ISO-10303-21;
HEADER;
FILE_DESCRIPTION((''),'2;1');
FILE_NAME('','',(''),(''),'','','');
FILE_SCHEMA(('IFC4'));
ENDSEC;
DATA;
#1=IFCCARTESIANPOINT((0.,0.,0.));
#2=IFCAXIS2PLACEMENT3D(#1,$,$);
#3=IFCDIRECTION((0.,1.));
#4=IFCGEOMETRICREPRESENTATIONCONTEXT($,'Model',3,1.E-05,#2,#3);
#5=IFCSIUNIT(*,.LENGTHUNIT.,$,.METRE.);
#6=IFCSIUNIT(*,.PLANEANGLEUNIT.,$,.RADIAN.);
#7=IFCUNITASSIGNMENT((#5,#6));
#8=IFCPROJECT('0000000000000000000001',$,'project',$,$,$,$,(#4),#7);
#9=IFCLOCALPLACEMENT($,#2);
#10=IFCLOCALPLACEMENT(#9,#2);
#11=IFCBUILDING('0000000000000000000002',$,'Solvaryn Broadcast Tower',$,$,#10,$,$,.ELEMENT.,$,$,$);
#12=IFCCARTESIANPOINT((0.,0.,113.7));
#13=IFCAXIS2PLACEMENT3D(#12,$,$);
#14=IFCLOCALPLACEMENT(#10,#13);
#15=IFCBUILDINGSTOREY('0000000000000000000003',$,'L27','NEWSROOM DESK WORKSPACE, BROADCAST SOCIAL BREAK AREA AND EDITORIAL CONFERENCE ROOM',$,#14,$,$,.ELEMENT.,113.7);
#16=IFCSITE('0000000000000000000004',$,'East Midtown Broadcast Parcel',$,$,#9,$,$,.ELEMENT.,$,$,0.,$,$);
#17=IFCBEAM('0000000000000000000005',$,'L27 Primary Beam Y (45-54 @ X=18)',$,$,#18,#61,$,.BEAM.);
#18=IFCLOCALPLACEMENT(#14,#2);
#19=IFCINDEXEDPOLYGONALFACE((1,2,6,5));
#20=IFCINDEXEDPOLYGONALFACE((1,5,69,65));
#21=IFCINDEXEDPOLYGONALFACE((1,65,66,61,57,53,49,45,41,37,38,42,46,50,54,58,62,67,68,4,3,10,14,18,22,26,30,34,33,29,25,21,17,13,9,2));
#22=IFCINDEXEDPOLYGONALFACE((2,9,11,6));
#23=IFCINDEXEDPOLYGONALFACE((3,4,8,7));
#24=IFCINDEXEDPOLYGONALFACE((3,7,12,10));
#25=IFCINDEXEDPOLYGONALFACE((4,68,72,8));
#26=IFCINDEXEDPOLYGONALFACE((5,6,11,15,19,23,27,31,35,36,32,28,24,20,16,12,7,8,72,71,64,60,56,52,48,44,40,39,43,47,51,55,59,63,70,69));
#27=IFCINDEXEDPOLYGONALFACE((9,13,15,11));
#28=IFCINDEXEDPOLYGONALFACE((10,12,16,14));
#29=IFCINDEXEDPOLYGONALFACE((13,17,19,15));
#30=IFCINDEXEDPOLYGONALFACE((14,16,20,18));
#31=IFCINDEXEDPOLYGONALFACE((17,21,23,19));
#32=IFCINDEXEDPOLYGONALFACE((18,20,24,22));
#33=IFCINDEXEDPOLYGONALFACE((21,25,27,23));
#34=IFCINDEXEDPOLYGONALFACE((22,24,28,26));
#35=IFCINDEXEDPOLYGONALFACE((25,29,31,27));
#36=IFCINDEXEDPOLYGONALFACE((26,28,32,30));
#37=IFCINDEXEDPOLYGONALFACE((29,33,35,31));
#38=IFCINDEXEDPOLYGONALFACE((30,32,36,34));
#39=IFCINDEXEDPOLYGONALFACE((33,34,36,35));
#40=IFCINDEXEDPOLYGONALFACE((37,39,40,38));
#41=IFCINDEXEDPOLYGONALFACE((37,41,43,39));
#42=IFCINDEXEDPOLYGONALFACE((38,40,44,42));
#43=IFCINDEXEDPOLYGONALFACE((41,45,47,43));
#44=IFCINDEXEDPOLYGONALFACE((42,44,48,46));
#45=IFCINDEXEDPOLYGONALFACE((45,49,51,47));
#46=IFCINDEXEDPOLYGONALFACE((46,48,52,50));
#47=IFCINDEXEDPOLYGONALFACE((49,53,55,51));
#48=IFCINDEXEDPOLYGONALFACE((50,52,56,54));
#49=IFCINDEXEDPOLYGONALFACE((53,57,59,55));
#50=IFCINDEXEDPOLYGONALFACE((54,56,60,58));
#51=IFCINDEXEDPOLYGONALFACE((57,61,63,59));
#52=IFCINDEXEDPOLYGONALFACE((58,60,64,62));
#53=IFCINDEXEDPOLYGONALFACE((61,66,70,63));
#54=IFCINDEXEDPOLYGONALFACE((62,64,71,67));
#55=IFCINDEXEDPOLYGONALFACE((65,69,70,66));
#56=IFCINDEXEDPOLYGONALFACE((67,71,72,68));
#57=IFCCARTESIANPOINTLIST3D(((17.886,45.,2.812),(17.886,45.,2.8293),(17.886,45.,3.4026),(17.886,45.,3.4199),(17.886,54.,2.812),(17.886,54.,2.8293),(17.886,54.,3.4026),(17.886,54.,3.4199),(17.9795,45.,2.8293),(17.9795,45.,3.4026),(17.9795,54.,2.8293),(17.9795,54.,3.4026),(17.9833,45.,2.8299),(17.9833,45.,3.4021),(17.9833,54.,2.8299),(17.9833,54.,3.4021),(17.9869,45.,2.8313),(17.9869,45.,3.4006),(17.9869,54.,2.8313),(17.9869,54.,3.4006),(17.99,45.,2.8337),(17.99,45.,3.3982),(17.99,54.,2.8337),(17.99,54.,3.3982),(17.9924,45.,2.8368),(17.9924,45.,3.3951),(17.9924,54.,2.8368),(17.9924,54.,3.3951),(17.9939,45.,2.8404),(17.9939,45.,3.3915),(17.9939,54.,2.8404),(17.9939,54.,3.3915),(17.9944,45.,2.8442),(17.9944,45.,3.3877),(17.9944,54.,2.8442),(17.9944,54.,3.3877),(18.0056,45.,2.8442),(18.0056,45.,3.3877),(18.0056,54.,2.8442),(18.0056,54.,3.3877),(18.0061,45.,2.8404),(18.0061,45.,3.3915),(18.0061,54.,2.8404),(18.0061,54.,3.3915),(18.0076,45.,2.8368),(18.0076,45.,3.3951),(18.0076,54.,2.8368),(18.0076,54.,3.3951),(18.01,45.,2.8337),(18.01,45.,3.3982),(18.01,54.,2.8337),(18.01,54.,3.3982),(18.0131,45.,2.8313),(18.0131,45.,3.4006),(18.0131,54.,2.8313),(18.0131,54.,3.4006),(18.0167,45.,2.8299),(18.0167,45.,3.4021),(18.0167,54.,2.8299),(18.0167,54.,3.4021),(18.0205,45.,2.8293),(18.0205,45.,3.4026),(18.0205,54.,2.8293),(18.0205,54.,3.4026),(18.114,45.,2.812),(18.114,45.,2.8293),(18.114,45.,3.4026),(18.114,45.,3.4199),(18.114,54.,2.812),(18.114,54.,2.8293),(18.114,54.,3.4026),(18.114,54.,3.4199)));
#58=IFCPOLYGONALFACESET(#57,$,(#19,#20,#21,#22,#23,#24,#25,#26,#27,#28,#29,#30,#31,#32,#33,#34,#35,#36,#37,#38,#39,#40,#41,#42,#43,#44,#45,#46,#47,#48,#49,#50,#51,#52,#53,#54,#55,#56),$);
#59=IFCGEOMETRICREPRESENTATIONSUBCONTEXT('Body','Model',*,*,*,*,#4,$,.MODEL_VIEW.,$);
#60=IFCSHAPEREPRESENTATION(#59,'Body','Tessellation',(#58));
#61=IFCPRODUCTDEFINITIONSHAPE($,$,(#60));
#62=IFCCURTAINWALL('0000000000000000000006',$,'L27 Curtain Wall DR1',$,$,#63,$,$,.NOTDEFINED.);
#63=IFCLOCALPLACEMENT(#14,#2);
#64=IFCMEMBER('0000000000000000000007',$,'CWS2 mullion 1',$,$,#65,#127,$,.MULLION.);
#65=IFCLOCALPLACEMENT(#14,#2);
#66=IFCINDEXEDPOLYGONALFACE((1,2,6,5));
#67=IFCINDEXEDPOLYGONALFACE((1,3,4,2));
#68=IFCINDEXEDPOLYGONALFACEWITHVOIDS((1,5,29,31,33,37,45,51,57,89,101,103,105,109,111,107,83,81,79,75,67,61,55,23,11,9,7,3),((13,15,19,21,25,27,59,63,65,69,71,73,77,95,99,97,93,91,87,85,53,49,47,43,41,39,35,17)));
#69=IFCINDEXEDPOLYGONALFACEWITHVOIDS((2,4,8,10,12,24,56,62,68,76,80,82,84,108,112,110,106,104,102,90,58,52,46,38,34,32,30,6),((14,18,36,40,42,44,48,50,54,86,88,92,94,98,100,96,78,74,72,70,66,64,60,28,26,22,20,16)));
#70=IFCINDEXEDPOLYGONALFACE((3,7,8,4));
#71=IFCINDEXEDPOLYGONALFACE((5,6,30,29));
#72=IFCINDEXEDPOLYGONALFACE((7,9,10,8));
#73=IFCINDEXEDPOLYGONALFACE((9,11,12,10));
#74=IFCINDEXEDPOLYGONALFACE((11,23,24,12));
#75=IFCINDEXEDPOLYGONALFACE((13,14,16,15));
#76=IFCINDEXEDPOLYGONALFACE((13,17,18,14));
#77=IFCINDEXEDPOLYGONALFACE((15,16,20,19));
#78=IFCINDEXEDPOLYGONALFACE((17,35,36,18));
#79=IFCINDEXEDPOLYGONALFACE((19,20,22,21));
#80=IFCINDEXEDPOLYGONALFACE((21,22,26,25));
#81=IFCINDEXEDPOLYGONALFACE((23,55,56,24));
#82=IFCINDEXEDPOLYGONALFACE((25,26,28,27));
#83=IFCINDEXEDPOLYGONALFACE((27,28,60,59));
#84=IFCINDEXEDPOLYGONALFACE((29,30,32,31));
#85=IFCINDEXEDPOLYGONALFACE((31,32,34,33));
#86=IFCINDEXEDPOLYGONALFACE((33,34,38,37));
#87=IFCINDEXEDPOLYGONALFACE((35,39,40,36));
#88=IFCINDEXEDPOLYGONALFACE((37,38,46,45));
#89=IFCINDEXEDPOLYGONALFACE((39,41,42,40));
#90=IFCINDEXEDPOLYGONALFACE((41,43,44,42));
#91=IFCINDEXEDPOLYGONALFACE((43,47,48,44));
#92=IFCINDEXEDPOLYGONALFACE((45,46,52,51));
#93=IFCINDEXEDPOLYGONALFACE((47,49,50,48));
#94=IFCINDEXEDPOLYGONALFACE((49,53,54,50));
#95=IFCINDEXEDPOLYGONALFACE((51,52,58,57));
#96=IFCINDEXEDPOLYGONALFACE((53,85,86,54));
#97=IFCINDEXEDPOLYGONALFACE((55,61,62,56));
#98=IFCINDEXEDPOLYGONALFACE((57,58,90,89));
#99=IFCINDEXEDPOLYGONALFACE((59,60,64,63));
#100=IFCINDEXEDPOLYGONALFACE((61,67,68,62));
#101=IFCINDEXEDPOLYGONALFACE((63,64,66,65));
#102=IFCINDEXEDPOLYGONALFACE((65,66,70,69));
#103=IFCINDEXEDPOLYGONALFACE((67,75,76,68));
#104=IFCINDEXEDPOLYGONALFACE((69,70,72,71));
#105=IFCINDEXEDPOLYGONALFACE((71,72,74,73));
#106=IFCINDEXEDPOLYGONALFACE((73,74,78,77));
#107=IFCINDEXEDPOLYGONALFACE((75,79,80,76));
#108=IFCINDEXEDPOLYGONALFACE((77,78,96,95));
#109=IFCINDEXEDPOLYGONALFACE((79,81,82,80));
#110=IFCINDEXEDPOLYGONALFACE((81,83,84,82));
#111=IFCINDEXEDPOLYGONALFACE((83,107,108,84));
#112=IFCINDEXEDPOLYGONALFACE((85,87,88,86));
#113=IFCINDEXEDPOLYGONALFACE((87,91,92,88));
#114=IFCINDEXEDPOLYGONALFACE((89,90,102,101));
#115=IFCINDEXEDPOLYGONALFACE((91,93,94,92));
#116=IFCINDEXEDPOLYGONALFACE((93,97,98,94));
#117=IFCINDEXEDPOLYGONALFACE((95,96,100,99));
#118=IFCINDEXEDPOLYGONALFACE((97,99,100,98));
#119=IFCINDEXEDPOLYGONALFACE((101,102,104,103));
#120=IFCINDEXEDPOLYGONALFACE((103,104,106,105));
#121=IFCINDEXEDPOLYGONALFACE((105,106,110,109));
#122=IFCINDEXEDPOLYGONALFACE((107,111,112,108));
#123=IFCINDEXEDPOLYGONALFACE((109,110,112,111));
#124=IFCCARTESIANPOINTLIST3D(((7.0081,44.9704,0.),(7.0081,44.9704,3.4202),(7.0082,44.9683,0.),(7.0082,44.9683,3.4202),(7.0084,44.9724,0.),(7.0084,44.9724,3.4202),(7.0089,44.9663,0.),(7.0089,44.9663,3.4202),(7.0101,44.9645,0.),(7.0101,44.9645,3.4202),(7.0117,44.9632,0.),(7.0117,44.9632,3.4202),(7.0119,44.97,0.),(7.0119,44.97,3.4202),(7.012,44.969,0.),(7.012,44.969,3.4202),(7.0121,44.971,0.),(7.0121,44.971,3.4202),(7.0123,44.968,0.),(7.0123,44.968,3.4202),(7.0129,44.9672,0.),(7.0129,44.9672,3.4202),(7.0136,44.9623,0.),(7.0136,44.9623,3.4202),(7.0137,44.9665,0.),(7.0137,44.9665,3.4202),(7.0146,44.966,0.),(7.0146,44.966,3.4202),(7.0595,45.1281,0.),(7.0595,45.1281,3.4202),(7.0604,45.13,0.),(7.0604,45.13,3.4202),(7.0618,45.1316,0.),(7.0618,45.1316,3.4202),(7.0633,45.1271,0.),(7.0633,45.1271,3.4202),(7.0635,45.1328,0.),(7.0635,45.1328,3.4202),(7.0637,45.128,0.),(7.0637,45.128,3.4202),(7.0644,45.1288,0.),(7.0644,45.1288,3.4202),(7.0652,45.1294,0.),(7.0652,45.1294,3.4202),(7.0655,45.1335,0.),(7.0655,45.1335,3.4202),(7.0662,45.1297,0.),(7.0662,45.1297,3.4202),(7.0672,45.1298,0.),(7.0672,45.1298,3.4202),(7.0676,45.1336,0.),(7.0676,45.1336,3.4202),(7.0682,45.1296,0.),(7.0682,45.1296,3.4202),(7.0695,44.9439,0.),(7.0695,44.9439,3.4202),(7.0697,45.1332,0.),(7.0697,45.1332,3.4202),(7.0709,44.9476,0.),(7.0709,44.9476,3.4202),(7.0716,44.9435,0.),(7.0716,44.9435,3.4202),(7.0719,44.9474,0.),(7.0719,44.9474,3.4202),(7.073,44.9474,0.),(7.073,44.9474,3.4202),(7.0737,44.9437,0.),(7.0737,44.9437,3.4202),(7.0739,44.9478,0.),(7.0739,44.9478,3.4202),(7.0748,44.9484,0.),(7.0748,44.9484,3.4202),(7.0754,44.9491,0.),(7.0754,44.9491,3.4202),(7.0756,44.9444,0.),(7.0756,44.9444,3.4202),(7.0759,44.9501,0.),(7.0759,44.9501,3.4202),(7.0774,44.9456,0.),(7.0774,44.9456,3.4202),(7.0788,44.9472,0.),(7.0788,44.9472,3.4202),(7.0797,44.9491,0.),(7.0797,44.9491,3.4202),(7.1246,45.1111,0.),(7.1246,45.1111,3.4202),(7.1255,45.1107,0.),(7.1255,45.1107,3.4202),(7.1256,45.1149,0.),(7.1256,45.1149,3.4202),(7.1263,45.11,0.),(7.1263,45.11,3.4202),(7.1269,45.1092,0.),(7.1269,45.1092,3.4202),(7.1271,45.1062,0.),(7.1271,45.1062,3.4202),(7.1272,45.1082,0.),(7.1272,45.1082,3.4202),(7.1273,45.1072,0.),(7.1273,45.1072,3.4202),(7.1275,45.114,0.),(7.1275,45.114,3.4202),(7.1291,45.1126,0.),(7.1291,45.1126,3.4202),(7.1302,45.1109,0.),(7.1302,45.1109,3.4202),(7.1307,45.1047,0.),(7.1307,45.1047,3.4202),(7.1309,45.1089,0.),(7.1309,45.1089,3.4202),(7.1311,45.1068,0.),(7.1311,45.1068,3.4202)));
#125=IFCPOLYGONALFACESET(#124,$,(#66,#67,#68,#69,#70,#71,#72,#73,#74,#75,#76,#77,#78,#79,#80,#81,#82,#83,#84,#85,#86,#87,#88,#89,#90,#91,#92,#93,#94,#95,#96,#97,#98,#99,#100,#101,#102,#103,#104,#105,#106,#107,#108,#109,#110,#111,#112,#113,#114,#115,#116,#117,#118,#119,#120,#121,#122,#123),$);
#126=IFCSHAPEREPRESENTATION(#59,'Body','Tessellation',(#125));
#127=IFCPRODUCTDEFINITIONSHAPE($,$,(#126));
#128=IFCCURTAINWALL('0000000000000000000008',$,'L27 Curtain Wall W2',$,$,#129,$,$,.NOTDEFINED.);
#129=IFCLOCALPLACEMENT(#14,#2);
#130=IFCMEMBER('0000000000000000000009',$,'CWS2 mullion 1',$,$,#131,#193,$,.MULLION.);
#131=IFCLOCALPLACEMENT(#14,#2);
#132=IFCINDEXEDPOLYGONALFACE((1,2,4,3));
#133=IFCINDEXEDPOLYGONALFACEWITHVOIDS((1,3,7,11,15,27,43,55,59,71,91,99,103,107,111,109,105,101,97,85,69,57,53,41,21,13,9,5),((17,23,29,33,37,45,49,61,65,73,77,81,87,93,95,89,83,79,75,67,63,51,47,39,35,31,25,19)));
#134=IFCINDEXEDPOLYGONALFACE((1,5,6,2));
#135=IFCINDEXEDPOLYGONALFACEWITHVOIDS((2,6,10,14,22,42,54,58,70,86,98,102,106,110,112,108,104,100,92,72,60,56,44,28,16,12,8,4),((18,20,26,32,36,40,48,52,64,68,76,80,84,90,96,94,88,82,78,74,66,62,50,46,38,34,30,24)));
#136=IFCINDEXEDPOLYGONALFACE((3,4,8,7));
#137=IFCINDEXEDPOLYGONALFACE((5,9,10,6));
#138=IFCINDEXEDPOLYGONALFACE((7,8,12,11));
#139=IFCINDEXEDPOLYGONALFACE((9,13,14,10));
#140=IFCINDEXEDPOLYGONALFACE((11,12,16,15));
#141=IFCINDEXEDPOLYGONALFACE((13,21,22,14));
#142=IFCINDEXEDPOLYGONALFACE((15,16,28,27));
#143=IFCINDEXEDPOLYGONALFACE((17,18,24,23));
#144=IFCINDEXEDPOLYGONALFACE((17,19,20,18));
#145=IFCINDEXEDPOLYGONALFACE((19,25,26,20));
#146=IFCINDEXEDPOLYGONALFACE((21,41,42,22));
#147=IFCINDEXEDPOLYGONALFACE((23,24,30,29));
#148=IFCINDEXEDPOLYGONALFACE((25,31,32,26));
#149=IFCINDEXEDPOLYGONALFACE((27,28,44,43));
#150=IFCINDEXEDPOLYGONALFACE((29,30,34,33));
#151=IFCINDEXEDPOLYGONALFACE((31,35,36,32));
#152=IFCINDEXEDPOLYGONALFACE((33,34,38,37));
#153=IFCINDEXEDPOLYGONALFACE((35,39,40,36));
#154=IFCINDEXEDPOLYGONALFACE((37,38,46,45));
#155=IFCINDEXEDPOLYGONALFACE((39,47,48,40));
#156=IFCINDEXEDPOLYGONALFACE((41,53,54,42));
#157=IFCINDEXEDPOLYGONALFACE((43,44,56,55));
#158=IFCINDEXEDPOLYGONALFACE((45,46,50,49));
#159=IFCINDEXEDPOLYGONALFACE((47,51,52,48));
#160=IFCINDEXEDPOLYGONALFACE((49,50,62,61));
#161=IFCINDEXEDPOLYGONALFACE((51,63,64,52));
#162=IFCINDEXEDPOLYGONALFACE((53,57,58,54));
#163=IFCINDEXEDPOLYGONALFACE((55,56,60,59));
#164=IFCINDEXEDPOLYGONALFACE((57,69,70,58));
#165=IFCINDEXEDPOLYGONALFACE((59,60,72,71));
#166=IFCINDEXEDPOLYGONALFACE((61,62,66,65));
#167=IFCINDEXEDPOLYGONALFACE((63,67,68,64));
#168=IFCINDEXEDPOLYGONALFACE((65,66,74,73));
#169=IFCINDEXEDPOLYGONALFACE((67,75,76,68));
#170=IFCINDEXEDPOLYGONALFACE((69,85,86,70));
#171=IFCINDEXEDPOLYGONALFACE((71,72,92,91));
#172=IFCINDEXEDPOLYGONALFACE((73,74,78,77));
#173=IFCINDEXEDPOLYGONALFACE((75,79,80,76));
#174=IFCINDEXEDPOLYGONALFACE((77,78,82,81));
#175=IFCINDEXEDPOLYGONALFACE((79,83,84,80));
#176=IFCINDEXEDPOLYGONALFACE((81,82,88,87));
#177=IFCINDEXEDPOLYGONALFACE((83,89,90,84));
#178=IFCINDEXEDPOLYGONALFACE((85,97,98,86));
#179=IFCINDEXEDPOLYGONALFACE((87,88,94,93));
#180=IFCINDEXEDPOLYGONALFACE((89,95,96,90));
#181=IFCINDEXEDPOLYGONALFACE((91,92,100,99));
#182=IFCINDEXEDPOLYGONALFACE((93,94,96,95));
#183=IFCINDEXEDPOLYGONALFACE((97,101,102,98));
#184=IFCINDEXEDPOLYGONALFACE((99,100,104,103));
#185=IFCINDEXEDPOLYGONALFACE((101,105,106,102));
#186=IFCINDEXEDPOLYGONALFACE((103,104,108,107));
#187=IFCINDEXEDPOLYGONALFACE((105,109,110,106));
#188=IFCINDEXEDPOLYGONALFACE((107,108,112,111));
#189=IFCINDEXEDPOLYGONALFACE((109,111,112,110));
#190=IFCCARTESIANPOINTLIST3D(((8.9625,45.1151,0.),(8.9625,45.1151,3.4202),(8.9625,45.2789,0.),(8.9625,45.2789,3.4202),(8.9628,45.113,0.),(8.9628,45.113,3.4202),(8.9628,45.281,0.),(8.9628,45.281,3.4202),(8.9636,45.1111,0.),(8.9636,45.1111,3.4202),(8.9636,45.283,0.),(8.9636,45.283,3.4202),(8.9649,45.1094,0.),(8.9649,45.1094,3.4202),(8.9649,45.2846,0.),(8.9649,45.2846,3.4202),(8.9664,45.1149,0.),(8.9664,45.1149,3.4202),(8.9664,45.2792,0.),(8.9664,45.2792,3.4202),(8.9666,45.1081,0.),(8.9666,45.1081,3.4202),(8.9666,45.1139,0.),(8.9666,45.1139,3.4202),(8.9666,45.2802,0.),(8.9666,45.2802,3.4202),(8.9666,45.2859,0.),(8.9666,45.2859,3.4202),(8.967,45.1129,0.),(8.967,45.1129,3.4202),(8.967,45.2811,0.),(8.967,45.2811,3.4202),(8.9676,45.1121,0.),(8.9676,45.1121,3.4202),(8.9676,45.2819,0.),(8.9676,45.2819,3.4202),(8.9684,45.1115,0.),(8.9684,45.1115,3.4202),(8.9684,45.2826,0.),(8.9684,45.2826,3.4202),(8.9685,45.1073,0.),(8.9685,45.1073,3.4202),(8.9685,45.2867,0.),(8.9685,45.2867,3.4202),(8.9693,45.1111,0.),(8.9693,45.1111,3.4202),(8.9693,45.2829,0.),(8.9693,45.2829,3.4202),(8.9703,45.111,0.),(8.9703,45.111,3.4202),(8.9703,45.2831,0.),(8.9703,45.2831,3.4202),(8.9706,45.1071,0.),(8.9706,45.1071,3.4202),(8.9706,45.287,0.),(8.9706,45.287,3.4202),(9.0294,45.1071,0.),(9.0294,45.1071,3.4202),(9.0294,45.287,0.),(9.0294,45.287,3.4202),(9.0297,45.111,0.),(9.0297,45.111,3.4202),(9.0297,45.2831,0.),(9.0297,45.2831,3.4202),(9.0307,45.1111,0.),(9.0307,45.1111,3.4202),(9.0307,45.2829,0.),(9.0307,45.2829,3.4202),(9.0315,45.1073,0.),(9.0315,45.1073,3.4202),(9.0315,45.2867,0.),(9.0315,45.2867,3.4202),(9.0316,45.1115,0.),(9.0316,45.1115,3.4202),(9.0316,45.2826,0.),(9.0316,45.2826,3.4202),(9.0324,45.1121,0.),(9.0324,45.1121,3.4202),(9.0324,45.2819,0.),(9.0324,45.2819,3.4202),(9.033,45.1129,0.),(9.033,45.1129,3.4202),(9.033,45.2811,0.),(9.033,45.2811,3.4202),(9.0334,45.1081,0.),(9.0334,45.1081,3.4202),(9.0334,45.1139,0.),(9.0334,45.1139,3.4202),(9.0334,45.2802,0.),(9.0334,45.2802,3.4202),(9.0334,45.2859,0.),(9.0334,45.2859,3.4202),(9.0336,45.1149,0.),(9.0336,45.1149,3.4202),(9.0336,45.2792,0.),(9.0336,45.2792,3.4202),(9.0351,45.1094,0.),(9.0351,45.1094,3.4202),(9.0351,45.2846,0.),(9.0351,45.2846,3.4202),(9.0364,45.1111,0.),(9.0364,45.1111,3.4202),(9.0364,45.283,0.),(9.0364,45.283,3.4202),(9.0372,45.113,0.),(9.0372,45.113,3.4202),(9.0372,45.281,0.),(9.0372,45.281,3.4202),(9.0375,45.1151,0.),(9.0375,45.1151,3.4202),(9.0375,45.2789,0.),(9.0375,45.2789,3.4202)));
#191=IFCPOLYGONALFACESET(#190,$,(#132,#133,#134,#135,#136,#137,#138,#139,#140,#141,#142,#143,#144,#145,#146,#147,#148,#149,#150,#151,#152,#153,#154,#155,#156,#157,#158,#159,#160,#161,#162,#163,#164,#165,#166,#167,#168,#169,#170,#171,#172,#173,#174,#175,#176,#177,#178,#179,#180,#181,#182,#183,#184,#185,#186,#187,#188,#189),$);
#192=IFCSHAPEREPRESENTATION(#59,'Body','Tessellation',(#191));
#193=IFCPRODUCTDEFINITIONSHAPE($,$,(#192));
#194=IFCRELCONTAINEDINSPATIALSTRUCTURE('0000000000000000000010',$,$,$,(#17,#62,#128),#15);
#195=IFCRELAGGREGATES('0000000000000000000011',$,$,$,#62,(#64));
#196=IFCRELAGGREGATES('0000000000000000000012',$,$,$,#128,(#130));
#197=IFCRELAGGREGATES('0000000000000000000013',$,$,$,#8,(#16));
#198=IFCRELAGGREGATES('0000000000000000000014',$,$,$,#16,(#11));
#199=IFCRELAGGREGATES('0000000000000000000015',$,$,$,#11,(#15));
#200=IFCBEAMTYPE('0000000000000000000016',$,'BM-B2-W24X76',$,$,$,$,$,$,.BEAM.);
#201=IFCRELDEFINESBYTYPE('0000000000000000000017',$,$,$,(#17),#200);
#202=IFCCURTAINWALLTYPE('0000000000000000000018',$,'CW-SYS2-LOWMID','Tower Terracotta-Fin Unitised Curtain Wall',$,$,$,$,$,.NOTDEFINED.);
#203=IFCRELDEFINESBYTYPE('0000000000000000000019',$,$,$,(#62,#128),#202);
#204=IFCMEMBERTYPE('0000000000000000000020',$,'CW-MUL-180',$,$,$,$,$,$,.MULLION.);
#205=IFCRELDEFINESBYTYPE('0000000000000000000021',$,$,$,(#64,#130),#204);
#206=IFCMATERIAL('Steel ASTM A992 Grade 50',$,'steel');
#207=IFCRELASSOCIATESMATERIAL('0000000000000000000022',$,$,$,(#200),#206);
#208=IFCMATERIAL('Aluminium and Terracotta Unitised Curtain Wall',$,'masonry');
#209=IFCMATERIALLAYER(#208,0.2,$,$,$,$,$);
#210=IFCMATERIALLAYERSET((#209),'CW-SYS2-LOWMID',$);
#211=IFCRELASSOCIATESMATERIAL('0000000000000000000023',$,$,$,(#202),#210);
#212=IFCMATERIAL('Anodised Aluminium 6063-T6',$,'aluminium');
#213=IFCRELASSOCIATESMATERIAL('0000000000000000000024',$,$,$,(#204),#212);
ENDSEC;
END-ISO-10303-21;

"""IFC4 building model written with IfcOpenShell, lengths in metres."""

from ifc_helpers import new_model, si_unit, direction, frame, origin, origin_2d, place, context, subcontext, project, spatial, hollow_rectangle, i_section, extrude, material, layer, layer_set, material_profile, profile_set, type_object, element, aggregate, save


model = new_model("IFC4")

# Units and contexts
model_context = context("Model", 3, precision=1e-05, world=origin(), true_north=direction((0.0, 1.0)))
body_context = subcontext(model_context, "Body", "Model", "MODEL_VIEW")
ifc_project = project(units=[si_unit("LENGTHUNIT", "METRE"), si_unit("PLANEANGLEUNIT", "RADIAN")], contexts=[model_context])

# Site, building, storey
site_placement = place(None, origin())
site = spatial("IfcSite", under=ifc_project, at=site_placement, Name="East Midtown Broadcast Parcel", CompositionType="ELEMENT", RefElevation=0.0)
building_placement = place(site_placement, origin())
building = spatial("IfcBuilding", under=site, at=building_placement, Name="Solvaryn Broadcast Tower", CompositionType="ELEMENT")
storey_placement = place(building_placement, frame((0.0, 0.0, 113.7)))
storey = spatial("IfcBuildingStorey", under=building, at=storey_placement, Name="L27", Description="NEWSROOM DESK WORKSPACE, BROADCAST SOCIAL BREAK AREA AND EDITORIAL CONFERENCE ROOM", CompositionType="ELEMENT", Elevation=113.7)

# Beam
ifc_material_1 = material(Name="Steel ASTM A992 Grade 50", Category="steel")
ifc_material_profile_1 = material_profile(ifc_material_1, i_section(OverallWidth=0.228, OverallDepth=0.6079, WebThickness=0.0112, FlangeThickness=0.0173, FilletRadius=0.0149, at=origin_2d()))
ifc_profile_set_1 = profile_set([ifc_material_profile_1], Name="Steel ASTM A992 Grade 50")
beam_type_1 = type_object("IfcBeamType", Name="BM-B2-W24X76", PredefinedType="BEAM", material=ifc_profile_set_1)
beam_1_placement = place(storey_placement, frame((18.0, 45.0, 3.116), z_axis=(0.0, 1.0, 0.0), x_axis=(-1.0, 0.0, 0.0)))
element("IfcBeam", 1, at=beam_1_placement, inside=storey, type_object=beam_type_1, Name="L27 Primary Beam Y (45-54 @ X=18)", PredefinedType="BEAM", context=body_context, shape_type="SweptSolid", body=[
    extrude(i_section(OverallWidth=0.228, OverallDepth=0.6079, WebThickness=0.0112, FlangeThickness=0.0173, FilletRadius=0.0149, at=origin_2d()), origin(), (0.0, 0.0, 1.0), 9.0),
])

# Curtain walls, members
ifc_material_2 = material(Name="Aluminium and Terracotta Unitised Curtain Wall", Category="masonry")
ifc_layer_1 = layer(ifc_material_2, 0.2)
ifc_layer_set_1 = layer_set([ifc_layer_1], Name="CW-SYS2-LOWMID")
curtain_wall_type = type_object("IfcCurtainWallType", Name="CW-SYS2-LOWMID", Description="Tower Terracotta-Fin Unitised Curtain Wall", PredefinedType="NOTDEFINED", material=ifc_layer_set_1)
curtain_wall_1_placement = place(storey_placement, origin())
curtain_wall_1 = element("IfcCurtainWall", 2, at=curtain_wall_1_placement, inside=storey, type_object=curtain_wall_type, Name="L27 Curtain Wall DR1", PredefinedType="NOTDEFINED")
ifc_material_3 = material(Name="Anodised Aluminium 6063-T6", Category="aluminium")
ifc_material_profile_2 = material_profile(ifc_material_3, hollow_rectangle(XDim=0.075, YDim=0.1799, WallThickness=0.0039, InnerFilletRadius=0.0039, OuterFilletRadius=0.0081, at=origin_2d()))
ifc_profile_set_2 = profile_set([ifc_material_profile_2], Name="Anodised Aluminium 6063-T6")
member_type_1 = type_object("IfcMemberType", Name="CW-MUL-180", PredefinedType="MULLION", material=ifc_profile_set_2)
member_1_placement = place(storey_placement, frame((7.0696, 45.0386, 0.0), z_axis=(0.0, 0.0, 1.0), x_axis=(0.950198, -0.311646, 0.0)))
member_1 = element("IfcMember", 3, at=member_1_placement, type_object=member_type_1, Name="CWS2 mullion 1", PredefinedType="MULLION", context=body_context, shape_type="SweptSolid", body=[
    extrude(hollow_rectangle(XDim=0.075, YDim=0.1799, WallThickness=0.0039, InnerFilletRadius=0.0039, OuterFilletRadius=0.0081, at=origin_2d()), origin(), (0.0, 0.0, 1.0), 3.4202),
])
curtain_wall_2_placement = place(storey_placement, origin())
curtain_wall_2 = element("IfcCurtainWall", 4, at=curtain_wall_2_placement, inside=storey, type_object=curtain_wall_type, Name="L27 Curtain Wall W2", PredefinedType="NOTDEFINED")
member_2_placement = place(storey_placement, frame((9.0, 45.197, 0.0), z_axis=(0.0, 0.0, 1.0), x_axis=(-1.0, 0.0, 0.0)))
member_2 = element("IfcMember", 5, at=member_2_placement, type_object=member_type_1, Name="CWS2 mullion 1", PredefinedType="MULLION", context=body_context, shape_type="SweptSolid", body=[
    extrude(hollow_rectangle(XDim=0.075, YDim=0.1799, WallThickness=0.0039, InnerFilletRadius=0.0039, OuterFilletRadius=0.0081, at=origin_2d()), origin(), (0.0, 0.0, 1.0), 3.4202),
])

aggregate(curtain_wall_1, [member_1])
aggregate(curtain_wall_2, [member_2])

save(model, "model.ifc")
